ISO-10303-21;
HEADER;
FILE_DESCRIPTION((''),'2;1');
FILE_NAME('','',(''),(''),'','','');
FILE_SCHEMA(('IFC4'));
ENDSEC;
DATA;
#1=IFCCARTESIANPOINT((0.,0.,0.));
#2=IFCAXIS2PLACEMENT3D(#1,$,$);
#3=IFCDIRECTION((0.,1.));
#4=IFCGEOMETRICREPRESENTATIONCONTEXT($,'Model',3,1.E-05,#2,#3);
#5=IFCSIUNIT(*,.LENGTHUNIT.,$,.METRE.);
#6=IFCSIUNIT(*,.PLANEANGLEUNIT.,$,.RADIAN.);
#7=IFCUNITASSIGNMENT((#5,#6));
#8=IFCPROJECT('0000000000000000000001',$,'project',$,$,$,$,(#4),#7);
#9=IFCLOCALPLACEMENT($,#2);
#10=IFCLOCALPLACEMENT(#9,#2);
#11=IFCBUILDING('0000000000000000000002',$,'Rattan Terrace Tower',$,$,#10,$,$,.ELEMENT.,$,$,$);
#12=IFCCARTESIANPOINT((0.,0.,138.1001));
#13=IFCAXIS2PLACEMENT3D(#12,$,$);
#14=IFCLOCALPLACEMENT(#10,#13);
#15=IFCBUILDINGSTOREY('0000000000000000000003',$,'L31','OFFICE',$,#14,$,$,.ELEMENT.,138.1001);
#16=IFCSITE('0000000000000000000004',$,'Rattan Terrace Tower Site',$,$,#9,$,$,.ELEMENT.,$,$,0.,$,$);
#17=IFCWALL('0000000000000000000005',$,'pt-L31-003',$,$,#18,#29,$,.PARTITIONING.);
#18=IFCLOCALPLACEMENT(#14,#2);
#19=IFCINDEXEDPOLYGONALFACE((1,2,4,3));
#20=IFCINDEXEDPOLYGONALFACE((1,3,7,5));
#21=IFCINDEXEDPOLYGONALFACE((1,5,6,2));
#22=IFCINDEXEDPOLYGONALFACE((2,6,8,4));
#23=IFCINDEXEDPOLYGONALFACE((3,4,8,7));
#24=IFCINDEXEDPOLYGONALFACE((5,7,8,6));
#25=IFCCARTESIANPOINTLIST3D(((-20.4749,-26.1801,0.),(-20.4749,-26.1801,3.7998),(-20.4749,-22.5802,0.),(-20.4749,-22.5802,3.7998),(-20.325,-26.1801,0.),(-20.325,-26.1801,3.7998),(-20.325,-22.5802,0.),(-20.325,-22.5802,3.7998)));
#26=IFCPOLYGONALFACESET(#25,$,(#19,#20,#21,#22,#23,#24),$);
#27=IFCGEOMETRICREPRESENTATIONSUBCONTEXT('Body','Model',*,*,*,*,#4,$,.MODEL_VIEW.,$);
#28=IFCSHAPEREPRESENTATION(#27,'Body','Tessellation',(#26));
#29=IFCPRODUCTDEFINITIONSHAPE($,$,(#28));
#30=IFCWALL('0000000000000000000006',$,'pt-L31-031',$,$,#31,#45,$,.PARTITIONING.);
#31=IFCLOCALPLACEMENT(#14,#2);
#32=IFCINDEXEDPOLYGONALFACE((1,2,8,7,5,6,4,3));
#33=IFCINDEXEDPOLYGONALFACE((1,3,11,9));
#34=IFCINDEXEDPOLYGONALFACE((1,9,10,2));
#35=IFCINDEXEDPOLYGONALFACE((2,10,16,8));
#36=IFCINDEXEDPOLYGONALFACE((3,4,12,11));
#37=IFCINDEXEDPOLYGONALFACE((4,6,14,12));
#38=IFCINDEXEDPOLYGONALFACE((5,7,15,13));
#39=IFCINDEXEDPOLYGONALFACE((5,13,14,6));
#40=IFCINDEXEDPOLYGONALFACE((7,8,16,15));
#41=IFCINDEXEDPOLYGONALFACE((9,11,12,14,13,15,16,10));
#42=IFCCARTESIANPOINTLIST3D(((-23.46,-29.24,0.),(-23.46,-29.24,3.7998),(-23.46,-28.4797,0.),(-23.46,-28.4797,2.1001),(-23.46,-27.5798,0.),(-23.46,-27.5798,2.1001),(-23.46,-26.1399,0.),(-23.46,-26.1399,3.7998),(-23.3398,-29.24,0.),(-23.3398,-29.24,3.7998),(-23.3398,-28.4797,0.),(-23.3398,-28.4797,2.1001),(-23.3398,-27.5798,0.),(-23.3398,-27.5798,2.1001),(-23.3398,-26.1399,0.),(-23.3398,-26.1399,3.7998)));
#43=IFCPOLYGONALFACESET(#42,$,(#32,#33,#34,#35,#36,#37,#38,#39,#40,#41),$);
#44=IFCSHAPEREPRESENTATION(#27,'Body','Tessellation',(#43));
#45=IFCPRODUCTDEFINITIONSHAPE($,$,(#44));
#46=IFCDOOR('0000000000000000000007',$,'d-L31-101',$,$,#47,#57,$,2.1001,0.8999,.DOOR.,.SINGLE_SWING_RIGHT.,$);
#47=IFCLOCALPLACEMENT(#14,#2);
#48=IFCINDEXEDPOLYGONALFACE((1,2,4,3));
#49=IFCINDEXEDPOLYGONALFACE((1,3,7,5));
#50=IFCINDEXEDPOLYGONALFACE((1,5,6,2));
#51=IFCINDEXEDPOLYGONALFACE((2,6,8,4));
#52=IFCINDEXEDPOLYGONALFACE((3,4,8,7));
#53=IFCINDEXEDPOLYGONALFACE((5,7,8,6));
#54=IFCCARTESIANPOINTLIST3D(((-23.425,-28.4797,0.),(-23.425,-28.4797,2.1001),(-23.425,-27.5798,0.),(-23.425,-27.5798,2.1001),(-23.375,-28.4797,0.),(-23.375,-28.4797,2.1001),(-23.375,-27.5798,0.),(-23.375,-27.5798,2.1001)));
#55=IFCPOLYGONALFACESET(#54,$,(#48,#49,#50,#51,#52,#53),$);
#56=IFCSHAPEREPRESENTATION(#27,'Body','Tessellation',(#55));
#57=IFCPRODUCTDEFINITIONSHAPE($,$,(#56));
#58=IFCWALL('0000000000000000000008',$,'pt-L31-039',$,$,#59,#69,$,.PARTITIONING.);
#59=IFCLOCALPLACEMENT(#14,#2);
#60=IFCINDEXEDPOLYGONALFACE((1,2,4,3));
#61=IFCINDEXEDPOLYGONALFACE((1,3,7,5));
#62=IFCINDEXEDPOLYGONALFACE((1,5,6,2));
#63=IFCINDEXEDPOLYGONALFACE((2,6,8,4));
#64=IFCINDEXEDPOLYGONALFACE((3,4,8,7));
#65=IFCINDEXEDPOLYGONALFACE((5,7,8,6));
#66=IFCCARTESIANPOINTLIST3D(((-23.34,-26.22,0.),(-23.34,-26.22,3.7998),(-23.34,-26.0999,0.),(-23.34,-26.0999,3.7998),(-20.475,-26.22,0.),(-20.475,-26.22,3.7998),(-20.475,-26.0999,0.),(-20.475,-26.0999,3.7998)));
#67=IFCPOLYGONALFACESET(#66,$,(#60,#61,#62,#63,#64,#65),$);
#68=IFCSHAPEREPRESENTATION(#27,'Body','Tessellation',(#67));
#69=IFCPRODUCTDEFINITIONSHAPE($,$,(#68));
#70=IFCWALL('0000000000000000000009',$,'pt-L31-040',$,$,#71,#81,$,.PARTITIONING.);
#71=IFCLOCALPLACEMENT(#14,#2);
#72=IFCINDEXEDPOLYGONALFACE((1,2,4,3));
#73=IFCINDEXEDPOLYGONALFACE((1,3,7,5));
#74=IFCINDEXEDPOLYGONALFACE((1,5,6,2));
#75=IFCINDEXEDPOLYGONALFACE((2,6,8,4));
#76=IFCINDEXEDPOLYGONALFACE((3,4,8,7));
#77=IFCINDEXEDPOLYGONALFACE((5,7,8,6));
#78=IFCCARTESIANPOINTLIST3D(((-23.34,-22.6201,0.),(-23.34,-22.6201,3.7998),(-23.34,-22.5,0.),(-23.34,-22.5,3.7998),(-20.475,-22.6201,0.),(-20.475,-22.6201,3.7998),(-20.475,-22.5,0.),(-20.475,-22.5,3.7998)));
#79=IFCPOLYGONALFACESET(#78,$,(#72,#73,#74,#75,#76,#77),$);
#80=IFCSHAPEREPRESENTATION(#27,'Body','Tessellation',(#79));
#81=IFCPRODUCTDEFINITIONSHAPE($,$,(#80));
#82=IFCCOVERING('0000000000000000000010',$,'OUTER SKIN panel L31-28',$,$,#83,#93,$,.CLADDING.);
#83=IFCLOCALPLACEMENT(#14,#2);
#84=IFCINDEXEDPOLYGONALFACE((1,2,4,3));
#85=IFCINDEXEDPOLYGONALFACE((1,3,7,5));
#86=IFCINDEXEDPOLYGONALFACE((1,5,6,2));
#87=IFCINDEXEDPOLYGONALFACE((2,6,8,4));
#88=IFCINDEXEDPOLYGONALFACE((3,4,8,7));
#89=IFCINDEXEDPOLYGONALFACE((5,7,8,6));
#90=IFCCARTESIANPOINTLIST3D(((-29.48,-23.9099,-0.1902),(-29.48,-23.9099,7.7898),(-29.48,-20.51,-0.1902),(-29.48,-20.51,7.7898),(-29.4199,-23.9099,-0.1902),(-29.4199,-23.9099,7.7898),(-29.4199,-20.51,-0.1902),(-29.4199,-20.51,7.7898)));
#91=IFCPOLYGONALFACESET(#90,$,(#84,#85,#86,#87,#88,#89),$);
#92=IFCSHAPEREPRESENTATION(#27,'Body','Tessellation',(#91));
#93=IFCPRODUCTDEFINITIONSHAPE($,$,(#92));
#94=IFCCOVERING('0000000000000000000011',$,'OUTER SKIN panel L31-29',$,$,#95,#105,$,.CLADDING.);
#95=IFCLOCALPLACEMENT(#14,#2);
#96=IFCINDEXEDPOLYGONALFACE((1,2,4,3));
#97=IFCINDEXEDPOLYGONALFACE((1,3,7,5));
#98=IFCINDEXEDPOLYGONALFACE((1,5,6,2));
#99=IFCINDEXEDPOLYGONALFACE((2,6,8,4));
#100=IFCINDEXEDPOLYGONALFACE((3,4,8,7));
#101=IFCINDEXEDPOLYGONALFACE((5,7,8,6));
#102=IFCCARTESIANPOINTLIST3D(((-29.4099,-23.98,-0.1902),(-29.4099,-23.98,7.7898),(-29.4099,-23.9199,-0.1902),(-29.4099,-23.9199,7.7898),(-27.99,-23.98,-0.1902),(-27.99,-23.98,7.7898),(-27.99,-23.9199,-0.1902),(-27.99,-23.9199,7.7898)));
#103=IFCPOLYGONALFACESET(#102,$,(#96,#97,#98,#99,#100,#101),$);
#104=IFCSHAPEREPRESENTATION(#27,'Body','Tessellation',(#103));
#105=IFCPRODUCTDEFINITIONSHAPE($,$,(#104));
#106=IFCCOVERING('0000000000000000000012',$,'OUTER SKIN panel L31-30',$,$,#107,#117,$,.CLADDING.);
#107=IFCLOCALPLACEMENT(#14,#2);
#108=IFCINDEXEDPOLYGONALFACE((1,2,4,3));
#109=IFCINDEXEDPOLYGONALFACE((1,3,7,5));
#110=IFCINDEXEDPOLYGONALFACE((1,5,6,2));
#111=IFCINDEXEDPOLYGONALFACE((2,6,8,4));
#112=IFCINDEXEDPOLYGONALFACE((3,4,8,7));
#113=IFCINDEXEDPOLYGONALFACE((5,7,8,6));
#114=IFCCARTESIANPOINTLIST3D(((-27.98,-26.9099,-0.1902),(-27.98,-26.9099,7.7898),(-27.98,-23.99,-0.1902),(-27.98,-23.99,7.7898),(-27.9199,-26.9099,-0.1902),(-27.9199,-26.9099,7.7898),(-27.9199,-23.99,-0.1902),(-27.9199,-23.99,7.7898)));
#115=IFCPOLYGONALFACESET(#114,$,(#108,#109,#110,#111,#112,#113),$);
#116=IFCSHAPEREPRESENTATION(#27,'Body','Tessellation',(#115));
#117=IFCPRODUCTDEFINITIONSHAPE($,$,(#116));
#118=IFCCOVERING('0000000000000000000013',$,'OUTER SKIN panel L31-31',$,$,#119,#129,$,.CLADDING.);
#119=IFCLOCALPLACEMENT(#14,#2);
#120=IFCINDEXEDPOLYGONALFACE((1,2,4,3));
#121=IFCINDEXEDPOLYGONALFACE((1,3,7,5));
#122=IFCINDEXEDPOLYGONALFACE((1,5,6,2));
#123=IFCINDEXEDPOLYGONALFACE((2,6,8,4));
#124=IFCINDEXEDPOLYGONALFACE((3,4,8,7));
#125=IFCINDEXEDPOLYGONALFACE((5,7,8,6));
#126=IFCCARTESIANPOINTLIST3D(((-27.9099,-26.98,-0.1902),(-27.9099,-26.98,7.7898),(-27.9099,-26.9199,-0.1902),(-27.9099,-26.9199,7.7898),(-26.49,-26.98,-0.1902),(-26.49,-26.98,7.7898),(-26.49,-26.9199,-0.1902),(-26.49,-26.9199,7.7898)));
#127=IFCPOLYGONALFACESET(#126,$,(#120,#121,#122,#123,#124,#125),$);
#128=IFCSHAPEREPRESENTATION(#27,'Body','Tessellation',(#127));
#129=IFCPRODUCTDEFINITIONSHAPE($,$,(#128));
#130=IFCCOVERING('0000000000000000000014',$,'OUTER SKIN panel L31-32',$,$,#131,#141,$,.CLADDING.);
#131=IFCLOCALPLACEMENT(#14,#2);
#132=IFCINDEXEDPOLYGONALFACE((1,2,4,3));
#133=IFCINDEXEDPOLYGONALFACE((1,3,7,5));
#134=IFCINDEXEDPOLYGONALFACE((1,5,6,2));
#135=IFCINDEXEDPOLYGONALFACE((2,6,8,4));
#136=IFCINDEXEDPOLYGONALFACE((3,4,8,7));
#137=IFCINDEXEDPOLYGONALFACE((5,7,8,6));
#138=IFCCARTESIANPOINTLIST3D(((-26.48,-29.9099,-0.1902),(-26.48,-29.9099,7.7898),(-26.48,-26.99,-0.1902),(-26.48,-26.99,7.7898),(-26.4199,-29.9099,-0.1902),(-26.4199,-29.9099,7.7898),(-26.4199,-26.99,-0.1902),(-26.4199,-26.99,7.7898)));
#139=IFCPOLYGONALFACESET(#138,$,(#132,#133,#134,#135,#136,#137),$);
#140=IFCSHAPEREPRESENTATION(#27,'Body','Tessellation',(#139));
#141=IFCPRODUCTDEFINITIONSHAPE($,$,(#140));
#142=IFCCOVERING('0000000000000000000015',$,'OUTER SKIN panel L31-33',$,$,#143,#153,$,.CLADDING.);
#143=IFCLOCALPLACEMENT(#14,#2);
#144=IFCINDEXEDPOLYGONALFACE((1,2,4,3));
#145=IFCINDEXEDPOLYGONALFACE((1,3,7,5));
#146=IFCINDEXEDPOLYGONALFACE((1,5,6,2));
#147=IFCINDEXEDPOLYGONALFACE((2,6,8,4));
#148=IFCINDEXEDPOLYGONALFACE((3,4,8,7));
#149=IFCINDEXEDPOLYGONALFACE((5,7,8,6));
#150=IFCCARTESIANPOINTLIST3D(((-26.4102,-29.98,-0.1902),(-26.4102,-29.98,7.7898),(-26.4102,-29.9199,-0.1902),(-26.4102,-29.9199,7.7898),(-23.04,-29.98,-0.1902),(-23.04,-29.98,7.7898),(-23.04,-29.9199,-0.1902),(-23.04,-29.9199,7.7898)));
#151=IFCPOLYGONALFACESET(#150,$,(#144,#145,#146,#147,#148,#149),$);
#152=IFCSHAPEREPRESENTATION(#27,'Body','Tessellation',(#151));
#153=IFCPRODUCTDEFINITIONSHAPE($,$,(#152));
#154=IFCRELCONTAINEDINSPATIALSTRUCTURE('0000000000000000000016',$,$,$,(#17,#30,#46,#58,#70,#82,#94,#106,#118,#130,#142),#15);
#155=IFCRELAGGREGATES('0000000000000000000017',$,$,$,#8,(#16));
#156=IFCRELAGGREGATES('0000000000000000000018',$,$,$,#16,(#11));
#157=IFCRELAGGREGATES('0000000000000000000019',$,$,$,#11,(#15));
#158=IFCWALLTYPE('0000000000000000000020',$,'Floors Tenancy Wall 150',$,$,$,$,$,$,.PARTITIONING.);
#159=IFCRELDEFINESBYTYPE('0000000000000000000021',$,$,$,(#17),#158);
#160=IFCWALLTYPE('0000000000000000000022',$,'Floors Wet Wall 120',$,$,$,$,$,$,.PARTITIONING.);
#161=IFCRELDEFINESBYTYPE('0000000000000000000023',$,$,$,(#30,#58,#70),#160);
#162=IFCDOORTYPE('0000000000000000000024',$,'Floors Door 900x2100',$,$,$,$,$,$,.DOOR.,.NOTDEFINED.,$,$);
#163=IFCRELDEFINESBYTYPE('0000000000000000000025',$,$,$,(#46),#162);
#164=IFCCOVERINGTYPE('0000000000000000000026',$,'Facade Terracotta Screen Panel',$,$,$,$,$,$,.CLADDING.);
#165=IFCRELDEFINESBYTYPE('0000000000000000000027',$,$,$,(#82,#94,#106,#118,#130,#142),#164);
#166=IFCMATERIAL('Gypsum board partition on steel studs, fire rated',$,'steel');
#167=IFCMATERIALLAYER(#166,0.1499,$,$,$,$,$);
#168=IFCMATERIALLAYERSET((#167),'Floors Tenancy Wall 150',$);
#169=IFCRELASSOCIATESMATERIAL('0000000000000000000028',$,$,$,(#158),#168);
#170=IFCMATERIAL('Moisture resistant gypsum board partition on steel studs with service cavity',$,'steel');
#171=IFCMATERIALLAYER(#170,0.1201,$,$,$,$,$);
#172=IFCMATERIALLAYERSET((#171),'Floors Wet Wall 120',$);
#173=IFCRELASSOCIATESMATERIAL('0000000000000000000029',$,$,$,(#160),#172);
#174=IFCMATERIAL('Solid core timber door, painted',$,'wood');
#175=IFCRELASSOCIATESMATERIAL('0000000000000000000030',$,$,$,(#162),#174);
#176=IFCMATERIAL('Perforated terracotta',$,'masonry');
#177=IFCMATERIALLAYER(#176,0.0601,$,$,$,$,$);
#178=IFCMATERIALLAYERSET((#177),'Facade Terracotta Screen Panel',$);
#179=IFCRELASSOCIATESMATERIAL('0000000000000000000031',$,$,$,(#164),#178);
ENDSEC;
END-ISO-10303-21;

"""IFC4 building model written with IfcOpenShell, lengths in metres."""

from ifc_helpers import new_model, si_unit, direction, frame, frame_2d, origin, origin_2d, place, context, subcontext, project, spatial, rectangle, extrude, material, layer, layer_set, type_object, element, fill, save


model = new_model("IFC4")

# Units and contexts
model_context = context("Model", 3, precision=1e-05, world=origin(), true_north=direction((0.0, 1.0)))
body_context = subcontext(model_context, "Body", "Model", "MODEL_VIEW")
ifc_project = project(units=[si_unit("LENGTHUNIT", "METRE"), si_unit("PLANEANGLEUNIT", "RADIAN")], contexts=[model_context])

# Site, building, storey
site_placement = place(None, origin())
site = spatial("IfcSite", under=ifc_project, at=site_placement, Name="Rattan Terrace Tower Site", CompositionType="ELEMENT", RefElevation=0.0)
building_placement = place(site_placement, origin())
building = spatial("IfcBuilding", under=site, at=building_placement, Name="Rattan Terrace Tower", CompositionType="ELEMENT")
storey_placement = place(building_placement, frame((0.0, 0.0, 138.1001)))
storey = spatial("IfcBuildingStorey", under=building, at=storey_placement, Name="L31", Description="OFFICE", CompositionType="ELEMENT", Elevation=138.1001)

# Wall
ifc_material_1 = material(Name="Gypsum board partition on steel studs, fire rated", Category="steel")
ifc_layer_1 = layer(ifc_material_1, 0.1499)
ifc_layer_set_1 = layer_set([ifc_layer_1], Name="Floors Tenancy Wall 150")
wall_type_1 = type_object("IfcWallType", Name="Floors Tenancy Wall 150", PredefinedType="PARTITIONING", material=ifc_layer_set_1)
wall_1_placement = place(storey_placement, frame((-20.3999, -26.1799, 0.0), z_axis=(0.0, 0.0, 1.0), x_axis=(0.0, 1.0, 0.0)))
element("IfcWall", 1, at=wall_1_placement, inside=storey, type_object=wall_type_1, Name="pt-L31-003", PredefinedType="PARTITIONING", context=body_context, shape_type="SweptSolid", body=[
    extrude(rectangle(XDim=3.5999, YDim=0.1499, at=frame_2d((1.7998, 0.0))), origin(), (0.0, 0.0, 1.0), 3.7998),
])

# Wall, opening, door
ifc_material_2 = material(Name="Moisture resistant gypsum board partition on steel studs with service cavity", Category="steel")
ifc_layer_2 = layer(ifc_material_2, 0.1201)
ifc_layer_set_2 = layer_set([ifc_layer_2], Name="Floors Wet Wall 120")
wall_type_2 = type_object("IfcWallType", Name="Floors Wet Wall 120", PredefinedType="PARTITIONING", material=ifc_layer_set_2)
wall_2_placement = place(storey_placement, frame((-23.3999, -26.1399, 0.0), z_axis=(0.0, 0.0, 1.0), x_axis=(0.0, -1.0, 0.0)))
wall_2 = element("IfcWall", 2, at=wall_2_placement, inside=storey, type_object=wall_type_2, Name="pt-L31-031", PredefinedType="PARTITIONING", context=body_context, shape_type="SweptSolid", body=[
    extrude(rectangle(XDim=3.1001, YDim=0.1201, at=frame_2d((1.55, 0.0))), origin(), (0.0, 0.0, 1.0), 3.7998),
])
opening_1_placement = place(wall_2_placement, frame((1.4399, 0.0, 0.0)))
opening_1 = element("IfcOpeningElement", 3, at=opening_1_placement, cuts=wall_2, PredefinedType="OPENING", context=body_context, shape_type="SweptSolid", body=[
    extrude(rectangle(XDim=0.8999, YDim=2.1001, at=frame_2d((0.45, 1.05))), frame((0.0, 0.0706, 0.0), z_axis=(0.0, -1.0, 0.0), x_axis=(1.0, 0.0, 0.0)), (0.0, 0.0, 1.0), 0.1411),
])
ifc_material_3 = material(Name="Solid core timber door, painted", Category="wood")
door_type_1 = type_object("IfcDoorType", Name="Floors Door 900x2100", OperationType="NOTDEFINED", PredefinedType="DOOR", material=ifc_material_3)
door_1_placement = place(opening_1_placement, origin())
door_1 = element("IfcDoor", 4, at=door_1_placement, inside=storey, type_object=door_type_1, Name="d-L31-101", OperationType="SINGLE_SWING_RIGHT", OverallHeight=2.1001, OverallWidth=0.8999, PredefinedType="DOOR", context=body_context, shape_type="SweptSolid", body=[
    extrude(rectangle(XDim=0.8999, YDim=2.1001, at=frame_2d((0.45, 1.05))), frame((0.0, 0.0249, 0.0), z_axis=(0.0, -1.0, 0.0), x_axis=(1.0, 0.0, 0.0)), (0.0, 0.0, 1.0), 0.05),
])
fill(opening_1, door_1)

# Walls
for number, where, z_axis, x_axis, name in (
    (5, (-23.3401, -26.1599, 0.0), (0.0, 0.0, 1.0), (1.0, 0.0, 0.0), "pt-L31-039"),
    (6, (-23.3401, -22.5601, 0.0), (0.0, 0.0, 1.0), (1.0, 0.0, 0.0), "pt-L31-040"),
):
    element("IfcWall", number, at=place(storey_placement, frame(where, z_axis=z_axis, x_axis=x_axis)), inside=storey, type_object=wall_type_2, Name=name, PredefinedType="PARTITIONING", context=body_context, shape_type="SweptSolid", body=[
        extrude(rectangle(XDim=2.865, YDim=0.1201, at=frame_2d((1.4326, 0.0))), origin(), (0.0, 0.0, 1.0), 3.7998),
    ])

# Coverings
ifc_material_4 = material(Name="Perforated terracotta", Category="masonry")
ifc_layer_3 = layer(ifc_material_4, 0.0601)
ifc_layer_set_3 = layer_set([ifc_layer_3], Name="Facade Terracotta Screen Panel")
covering_type = type_object("IfcCoveringType", Name="Facade Terracotta Screen Panel", PredefinedType="CLADDING", material=ifc_layer_set_3)
covering_1_placement = place(storey_placement, frame((-29.45, -22.21, -0.1902), z_axis=(0.0, 0.0, 1.0), x_axis=(0.0, -1.0, 0.0)))
element("IfcCovering", 7, at=covering_1_placement, inside=storey, type_object=covering_type, Name="OUTER SKIN panel L31-28", PredefinedType="CLADDING", context=body_context, shape_type="SweptSolid", body=[
    extrude(rectangle(XDim=3.3999, YDim=0.0601, at=origin_2d()), origin(), (0.0, 0.0, 1.0), 7.98),
])
covering_2_placement = place(storey_placement, frame((-28.7, -23.95, -0.1902), z_axis=(0.0, 0.0, 1.0), x_axis=(1.0, 0.0, 0.0)))
element("IfcCovering", 8, at=covering_2_placement, inside=storey, type_object=covering_type, Name="OUTER SKIN panel L31-29", PredefinedType="CLADDING", context=body_context, shape_type="SweptSolid", body=[
    extrude(rectangle(XDim=1.4199, YDim=0.0601, at=origin_2d()), origin(), (0.0, 0.0, 1.0), 7.98),
])
covering_3_placement = place(storey_placement, frame((-27.95, -25.45, -0.1902), z_axis=(0.0, 0.0, 1.0), x_axis=(0.0, -1.0, 0.0)))
element("IfcCovering", 9, at=covering_3_placement, inside=storey, type_object=covering_type, Name="OUTER SKIN panel L31-30", PredefinedType="CLADDING", context=body_context, shape_type="SweptSolid", body=[
    extrude(rectangle(XDim=2.9199, YDim=0.0601, at=origin_2d()), origin(), (0.0, 0.0, 1.0), 7.98),
])
covering_4_placement = place(storey_placement, frame((-27.2, -26.95, -0.1902), z_axis=(0.0, 0.0, 1.0), x_axis=(1.0, 0.0, 0.0)))
element("IfcCovering", 10, at=covering_4_placement, inside=storey, type_object=covering_type, Name="OUTER SKIN panel L31-31", PredefinedType="CLADDING", context=body_context, shape_type="SweptSolid", body=[
    extrude(rectangle(XDim=1.4199, YDim=0.0601, at=origin_2d()), origin(), (0.0, 0.0, 1.0), 7.98),
])
covering_5_placement = place(storey_placement, frame((-26.45, -28.45, -0.1902), z_axis=(0.0, 0.0, 1.0), x_axis=(0.0, -1.0, 0.0)))
element("IfcCovering", 11, at=covering_5_placement, inside=storey, type_object=covering_type, Name="OUTER SKIN panel L31-32", PredefinedType="CLADDING", context=body_context, shape_type="SweptSolid", body=[
    extrude(rectangle(XDim=2.9199, YDim=0.0601, at=origin_2d()), origin(), (0.0, 0.0, 1.0), 7.98),
])
covering_6_placement = place(storey_placement, frame((-24.7251, -29.95, -0.1902), z_axis=(0.0, 0.0, 1.0), x_axis=(1.0, 0.0, 0.0)))
element("IfcCovering", 12, at=covering_6_placement, inside=storey, type_object=covering_type, Name="OUTER SKIN panel L31-33", PredefinedType="CLADDING", context=body_context, shape_type="SweptSolid", body=[
    extrude(rectangle(XDim=3.3701, YDim=0.0601, at=origin_2d()), origin(), (0.0, 0.0, 1.0), 7.98),
])

save(model, "model.ifc")
